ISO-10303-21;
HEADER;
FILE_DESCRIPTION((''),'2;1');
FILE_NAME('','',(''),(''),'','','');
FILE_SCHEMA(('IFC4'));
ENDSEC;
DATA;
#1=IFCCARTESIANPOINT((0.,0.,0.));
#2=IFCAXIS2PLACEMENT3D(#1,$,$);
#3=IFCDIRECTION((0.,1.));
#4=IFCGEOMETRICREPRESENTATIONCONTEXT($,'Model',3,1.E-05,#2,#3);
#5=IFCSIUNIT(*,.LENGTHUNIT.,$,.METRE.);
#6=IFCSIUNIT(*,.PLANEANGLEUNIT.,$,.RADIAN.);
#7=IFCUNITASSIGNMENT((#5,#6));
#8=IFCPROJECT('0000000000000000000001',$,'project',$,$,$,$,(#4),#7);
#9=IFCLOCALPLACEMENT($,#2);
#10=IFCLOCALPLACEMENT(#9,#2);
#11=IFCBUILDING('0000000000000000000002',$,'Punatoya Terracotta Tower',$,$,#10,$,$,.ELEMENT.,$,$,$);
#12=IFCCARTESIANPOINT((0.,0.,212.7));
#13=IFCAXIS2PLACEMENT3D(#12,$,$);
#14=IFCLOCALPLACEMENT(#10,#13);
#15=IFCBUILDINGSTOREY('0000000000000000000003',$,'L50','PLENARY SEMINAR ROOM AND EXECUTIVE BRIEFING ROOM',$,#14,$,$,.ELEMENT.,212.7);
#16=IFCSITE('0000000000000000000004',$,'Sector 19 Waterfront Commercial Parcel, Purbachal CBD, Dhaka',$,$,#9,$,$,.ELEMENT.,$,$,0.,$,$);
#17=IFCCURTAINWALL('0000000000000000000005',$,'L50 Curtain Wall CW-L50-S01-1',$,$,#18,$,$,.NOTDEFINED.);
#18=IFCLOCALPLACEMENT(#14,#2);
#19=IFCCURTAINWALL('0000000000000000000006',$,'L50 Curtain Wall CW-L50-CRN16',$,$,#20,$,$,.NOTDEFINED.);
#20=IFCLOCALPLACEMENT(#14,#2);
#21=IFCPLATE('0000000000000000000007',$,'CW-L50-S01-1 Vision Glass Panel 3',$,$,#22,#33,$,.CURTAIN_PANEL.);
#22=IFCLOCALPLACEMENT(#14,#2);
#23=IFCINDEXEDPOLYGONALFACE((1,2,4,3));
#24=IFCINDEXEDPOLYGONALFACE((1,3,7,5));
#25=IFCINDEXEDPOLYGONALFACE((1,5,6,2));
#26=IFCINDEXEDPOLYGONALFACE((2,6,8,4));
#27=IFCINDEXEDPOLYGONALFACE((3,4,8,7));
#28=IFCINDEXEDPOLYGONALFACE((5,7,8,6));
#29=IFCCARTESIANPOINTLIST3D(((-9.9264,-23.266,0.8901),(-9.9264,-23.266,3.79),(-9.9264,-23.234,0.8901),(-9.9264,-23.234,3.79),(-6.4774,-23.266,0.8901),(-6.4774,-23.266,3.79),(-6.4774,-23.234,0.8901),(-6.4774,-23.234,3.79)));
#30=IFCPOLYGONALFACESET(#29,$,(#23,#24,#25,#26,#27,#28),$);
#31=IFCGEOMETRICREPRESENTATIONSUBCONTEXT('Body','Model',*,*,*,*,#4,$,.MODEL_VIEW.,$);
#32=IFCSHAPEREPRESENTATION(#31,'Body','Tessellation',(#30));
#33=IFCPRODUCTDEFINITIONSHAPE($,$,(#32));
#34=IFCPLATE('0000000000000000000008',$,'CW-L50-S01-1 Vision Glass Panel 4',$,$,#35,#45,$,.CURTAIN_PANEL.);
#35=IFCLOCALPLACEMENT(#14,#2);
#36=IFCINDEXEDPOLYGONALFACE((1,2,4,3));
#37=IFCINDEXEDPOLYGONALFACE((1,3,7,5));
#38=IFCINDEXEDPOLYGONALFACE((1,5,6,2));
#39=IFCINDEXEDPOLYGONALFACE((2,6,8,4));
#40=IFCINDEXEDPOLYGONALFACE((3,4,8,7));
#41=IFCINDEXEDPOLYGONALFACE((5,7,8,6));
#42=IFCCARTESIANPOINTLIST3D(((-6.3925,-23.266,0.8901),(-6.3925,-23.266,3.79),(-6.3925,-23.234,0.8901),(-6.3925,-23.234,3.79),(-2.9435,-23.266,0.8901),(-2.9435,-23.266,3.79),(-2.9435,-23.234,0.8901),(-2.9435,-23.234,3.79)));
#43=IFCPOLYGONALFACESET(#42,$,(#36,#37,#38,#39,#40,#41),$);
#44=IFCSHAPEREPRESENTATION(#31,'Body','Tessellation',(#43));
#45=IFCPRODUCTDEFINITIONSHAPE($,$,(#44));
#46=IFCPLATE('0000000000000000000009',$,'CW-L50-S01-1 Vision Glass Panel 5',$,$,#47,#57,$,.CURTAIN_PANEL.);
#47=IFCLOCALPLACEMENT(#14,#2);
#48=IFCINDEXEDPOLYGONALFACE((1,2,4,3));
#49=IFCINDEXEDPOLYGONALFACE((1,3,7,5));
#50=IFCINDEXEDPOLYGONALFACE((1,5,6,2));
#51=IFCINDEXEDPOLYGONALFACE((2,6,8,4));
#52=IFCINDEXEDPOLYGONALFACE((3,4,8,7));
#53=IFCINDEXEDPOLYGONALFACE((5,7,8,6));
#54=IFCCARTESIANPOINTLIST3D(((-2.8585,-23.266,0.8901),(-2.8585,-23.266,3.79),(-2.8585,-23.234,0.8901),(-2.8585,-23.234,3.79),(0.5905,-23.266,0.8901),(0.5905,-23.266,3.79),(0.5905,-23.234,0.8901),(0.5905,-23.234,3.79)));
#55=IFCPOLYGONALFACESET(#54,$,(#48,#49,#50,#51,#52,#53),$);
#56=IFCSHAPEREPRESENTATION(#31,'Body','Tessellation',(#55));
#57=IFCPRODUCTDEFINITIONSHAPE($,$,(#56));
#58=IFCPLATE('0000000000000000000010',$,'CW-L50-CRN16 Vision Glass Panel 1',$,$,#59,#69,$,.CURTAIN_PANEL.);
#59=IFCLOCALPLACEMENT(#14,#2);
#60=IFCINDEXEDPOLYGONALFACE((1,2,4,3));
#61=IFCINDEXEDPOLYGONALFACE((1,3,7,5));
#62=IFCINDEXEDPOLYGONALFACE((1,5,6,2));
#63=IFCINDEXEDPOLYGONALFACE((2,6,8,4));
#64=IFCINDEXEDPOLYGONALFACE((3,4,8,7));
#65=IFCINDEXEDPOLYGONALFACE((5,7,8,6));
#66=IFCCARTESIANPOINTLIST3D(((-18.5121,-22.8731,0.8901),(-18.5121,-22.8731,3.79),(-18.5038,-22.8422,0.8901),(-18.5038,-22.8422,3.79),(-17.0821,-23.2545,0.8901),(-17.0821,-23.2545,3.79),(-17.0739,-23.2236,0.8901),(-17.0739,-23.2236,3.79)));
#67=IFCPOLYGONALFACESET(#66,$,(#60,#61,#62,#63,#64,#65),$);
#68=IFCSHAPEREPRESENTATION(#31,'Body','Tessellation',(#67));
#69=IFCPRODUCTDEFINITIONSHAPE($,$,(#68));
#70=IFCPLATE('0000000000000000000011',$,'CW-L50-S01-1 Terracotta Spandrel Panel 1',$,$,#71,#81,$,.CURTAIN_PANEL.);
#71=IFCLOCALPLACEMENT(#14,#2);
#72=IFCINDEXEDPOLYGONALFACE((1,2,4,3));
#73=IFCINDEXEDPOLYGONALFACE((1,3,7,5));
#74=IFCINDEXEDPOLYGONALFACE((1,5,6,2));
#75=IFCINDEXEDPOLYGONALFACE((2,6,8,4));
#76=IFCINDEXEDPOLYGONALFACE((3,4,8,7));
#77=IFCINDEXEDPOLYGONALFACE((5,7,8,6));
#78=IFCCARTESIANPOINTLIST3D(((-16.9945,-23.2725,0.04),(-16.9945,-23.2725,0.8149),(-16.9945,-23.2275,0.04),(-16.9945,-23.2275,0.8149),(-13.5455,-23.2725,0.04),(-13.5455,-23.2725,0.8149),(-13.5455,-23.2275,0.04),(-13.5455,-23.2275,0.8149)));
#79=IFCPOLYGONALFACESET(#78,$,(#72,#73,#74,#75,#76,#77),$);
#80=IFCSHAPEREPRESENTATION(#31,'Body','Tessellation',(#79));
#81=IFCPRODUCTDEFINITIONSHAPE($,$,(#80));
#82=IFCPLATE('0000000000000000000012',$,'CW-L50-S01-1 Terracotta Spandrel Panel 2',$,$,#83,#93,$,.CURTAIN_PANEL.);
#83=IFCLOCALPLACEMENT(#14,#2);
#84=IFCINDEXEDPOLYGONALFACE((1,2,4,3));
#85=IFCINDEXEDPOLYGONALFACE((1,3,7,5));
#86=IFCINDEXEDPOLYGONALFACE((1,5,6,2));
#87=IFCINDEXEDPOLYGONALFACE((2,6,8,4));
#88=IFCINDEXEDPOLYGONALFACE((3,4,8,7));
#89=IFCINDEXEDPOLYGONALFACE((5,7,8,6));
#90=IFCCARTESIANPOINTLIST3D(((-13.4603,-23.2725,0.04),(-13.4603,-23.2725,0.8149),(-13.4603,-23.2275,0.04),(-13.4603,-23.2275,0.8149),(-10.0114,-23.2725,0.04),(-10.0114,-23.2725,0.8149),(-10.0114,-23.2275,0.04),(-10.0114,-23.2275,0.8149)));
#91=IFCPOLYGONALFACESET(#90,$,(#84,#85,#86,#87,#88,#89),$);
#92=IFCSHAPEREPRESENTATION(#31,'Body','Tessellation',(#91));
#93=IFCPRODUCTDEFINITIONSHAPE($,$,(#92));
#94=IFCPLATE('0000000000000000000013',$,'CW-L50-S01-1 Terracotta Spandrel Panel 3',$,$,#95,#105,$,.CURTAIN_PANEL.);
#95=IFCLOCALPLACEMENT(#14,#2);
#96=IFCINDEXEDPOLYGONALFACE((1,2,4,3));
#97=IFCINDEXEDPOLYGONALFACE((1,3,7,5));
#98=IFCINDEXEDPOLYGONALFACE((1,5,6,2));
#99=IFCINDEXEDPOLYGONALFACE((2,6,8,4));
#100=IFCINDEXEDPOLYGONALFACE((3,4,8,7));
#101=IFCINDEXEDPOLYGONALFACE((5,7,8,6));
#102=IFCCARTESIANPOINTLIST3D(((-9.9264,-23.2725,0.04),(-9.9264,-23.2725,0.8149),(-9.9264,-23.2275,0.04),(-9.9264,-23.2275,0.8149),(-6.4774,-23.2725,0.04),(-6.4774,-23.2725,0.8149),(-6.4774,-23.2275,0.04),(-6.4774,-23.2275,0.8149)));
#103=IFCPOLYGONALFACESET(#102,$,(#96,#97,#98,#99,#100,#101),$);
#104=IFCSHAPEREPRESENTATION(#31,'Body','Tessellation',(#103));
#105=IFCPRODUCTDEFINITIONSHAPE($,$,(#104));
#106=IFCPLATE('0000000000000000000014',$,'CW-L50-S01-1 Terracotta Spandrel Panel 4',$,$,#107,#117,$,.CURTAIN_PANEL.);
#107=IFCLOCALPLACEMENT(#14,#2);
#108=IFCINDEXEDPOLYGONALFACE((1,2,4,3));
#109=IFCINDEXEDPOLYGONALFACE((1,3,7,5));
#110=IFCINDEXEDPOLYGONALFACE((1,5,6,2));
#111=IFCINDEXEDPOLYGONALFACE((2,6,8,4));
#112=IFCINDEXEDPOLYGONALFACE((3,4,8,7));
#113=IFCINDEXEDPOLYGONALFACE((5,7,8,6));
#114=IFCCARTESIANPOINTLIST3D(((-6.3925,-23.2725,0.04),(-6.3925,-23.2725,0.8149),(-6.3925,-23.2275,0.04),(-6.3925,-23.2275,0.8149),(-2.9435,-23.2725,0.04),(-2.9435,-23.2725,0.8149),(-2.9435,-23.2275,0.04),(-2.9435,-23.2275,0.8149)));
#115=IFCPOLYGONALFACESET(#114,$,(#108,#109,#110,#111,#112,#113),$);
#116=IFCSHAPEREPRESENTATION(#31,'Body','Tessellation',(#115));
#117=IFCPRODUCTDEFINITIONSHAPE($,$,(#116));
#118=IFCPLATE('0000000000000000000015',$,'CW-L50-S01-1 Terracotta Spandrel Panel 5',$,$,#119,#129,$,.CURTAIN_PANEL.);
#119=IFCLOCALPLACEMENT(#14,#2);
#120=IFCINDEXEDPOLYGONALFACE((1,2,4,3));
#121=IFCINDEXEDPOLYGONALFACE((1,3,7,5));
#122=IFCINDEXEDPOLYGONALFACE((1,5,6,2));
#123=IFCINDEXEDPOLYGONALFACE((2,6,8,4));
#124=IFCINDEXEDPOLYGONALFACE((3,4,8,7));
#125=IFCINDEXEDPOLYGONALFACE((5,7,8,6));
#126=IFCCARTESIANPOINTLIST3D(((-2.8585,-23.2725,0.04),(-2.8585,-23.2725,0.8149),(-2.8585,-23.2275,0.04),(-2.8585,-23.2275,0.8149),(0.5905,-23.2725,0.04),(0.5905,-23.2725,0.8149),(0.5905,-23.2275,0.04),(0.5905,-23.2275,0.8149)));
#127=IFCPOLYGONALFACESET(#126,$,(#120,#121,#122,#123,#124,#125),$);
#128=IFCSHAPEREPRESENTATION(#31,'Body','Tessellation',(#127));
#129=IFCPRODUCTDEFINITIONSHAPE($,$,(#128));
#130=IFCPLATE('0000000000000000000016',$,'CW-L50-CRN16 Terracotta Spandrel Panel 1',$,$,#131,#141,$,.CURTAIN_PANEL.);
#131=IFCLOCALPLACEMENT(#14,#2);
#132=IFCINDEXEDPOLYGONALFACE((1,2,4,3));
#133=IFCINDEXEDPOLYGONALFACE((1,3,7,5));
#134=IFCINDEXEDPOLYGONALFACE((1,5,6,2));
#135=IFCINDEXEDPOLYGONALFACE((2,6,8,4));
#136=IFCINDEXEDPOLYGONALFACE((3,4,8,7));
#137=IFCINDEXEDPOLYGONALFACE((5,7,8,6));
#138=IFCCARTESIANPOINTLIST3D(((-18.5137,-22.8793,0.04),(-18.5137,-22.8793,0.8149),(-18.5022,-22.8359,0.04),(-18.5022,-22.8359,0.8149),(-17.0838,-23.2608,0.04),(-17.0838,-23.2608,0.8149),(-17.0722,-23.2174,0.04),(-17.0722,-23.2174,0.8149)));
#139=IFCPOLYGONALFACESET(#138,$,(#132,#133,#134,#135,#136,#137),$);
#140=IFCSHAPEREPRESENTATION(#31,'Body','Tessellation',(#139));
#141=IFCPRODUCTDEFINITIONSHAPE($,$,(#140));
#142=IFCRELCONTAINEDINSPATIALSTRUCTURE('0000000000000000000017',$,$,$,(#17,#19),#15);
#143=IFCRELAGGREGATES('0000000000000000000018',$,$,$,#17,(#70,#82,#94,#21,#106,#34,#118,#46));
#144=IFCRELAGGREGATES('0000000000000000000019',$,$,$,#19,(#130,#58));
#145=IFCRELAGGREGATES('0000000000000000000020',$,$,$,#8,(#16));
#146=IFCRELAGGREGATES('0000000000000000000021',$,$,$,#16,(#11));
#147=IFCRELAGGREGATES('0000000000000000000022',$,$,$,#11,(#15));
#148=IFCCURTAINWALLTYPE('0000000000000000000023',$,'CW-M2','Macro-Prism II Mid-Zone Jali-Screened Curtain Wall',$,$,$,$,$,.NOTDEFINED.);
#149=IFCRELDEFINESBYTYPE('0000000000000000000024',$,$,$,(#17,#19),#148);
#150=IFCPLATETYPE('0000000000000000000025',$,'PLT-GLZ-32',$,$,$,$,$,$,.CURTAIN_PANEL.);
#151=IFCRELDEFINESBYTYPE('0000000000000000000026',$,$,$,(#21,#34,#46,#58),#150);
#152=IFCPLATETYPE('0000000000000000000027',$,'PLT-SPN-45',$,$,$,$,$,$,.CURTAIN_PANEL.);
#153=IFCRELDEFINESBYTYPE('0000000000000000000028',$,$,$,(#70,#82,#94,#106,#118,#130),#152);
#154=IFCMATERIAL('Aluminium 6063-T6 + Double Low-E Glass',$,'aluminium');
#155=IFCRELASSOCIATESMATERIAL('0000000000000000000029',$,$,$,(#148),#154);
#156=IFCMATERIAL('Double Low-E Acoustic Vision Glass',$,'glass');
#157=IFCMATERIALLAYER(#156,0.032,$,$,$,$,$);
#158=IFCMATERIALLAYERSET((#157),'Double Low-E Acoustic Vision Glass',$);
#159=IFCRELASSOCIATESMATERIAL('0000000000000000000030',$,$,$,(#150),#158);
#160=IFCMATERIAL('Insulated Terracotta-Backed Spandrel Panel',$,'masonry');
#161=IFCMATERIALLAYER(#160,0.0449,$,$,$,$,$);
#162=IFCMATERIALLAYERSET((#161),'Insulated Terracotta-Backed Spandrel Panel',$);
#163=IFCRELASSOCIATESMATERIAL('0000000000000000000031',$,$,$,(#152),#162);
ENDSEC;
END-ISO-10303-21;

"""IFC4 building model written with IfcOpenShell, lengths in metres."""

from ifc_helpers import new_model, si_unit, direction, frame, origin, origin_2d, place, context, subcontext, project, spatial, rectangle, extrude, material, layer, layer_set, type_object, element, aggregate, save


model = new_model("IFC4")

# Units and contexts
model_context = context("Model", 3, precision=1e-05, world=origin(), true_north=direction((0.0, 1.0)))
body_context = subcontext(model_context, "Body", "Model", "MODEL_VIEW")
ifc_project = project(units=[si_unit("LENGTHUNIT", "METRE"), si_unit("PLANEANGLEUNIT", "RADIAN")], contexts=[model_context])

# Site, building, storey
site_placement = place(None, origin())
site = spatial("IfcSite", under=ifc_project, at=site_placement, Name="Sector 19 Waterfront Commercial Parcel, Purbachal CBD, Dhaka", CompositionType="ELEMENT", RefElevation=0.0)
building_placement = place(site_placement, origin())
building = spatial("IfcBuilding", under=site, at=building_placement, Name="Punatoya Terracotta Tower", CompositionType="ELEMENT")
storey_placement = place(building_placement, frame((0.0, 0.0, 212.7)))
storey = spatial("IfcBuildingStorey", under=building, at=storey_placement, Name="L50", Description="PLENARY SEMINAR ROOM AND EXECUTIVE BRIEFING ROOM", CompositionType="ELEMENT", Elevation=212.7)

# Curtain walls
ifc_material_1 = material(Name="Aluminium 6063-T6 + Double Low-E Glass", Category="aluminium")
curtain_wall_type = type_object("IfcCurtainWallType", Name="CW-M2", Description="Macro-Prism II Mid-Zone Jali-Screened Curtain Wall", PredefinedType="NOTDEFINED", material=ifc_material_1)
curtain_wall_1_placement = place(storey_placement, origin())
curtain_wall_1 = element("IfcCurtainWall", 1, at=curtain_wall_1_placement, inside=storey, type_object=curtain_wall_type, Name="L50 Curtain Wall CW-L50-S01-1", PredefinedType="NOTDEFINED")
curtain_wall_2_placement = place(storey_placement, origin())
curtain_wall_2 = element("IfcCurtainWall", 2, at=curtain_wall_2_placement, inside=storey, type_object=curtain_wall_type, Name="L50 Curtain Wall CW-L50-CRN16", PredefinedType="NOTDEFINED")

# Plates
ifc_material_2 = material(Name="Double Low-E Acoustic Vision Glass", Category="glass")
ifc_layer_1 = layer(ifc_material_2, 0.032)
ifc_layer_set_1 = layer_set([ifc_layer_1], Name="Double Low-E Acoustic Vision Glass")
plate_type_1 = type_object("IfcPlateType", Name="PLT-GLZ-32", PredefinedType="CURTAIN_PANEL", material=ifc_layer_set_1)
plate_1_placement = place(storey_placement, frame((-8.2019, -23.25, 0.8901), z_axis=(0.0, 0.0, 1.0), x_axis=(1.0, 0.0, 0.0)))
plate_1 = element("IfcPlate", 3, at=plate_1_placement, type_object=plate_type_1, Name="CW-L50-S01-1 Vision Glass Panel 3", PredefinedType="CURTAIN_PANEL", context=body_context, shape_type="SweptSolid", body=[
    extrude(rectangle(XDim=3.449, YDim=0.032, at=origin_2d()), origin(), (0.0, 0.0, 1.0), 2.8999),
])
plate_2_placement = place(storey_placement, frame((-4.668, -23.25, 0.8901), z_axis=(0.0, 0.0, 1.0), x_axis=(1.0, 0.0, 0.0)))
plate_2 = element("IfcPlate", 4, at=plate_2_placement, type_object=plate_type_1, Name="CW-L50-S01-1 Vision Glass Panel 4", PredefinedType="CURTAIN_PANEL", context=body_context, shape_type="SweptSolid", body=[
    extrude(rectangle(XDim=3.449, YDim=0.032, at=origin_2d()), origin(), (0.0, 0.0, 1.0), 2.8999),
])
plate_3_placement = place(storey_placement, frame((-1.134, -23.25, 0.8901), z_axis=(0.0, 0.0, 1.0), x_axis=(1.0, 0.0, 0.0)))
plate_3 = element("IfcPlate", 5, at=plate_3_placement, type_object=plate_type_1, Name="CW-L50-S01-1 Vision Glass Panel 5", PredefinedType="CURTAIN_PANEL", context=body_context, shape_type="SweptSolid", body=[
    extrude(rectangle(XDim=3.449, YDim=0.032, at=origin_2d()), origin(), (0.0, 0.0, 1.0), 2.8999),
])
plate_4_placement = place(storey_placement, frame((-17.793, -23.0483, 0.8901), z_axis=(0.0, 0.0, 1.0), x_axis=(0.966214, -0.257742, 0.0)))
plate_4 = element("IfcPlate", 6, at=plate_4_placement, type_object=plate_type_1, Name="CW-L50-CRN16 Vision Glass Panel 1", PredefinedType="CURTAIN_PANEL", context=body_context, shape_type="SweptSolid", body=[
    extrude(rectangle(XDim=1.48, YDim=0.032, at=origin_2d()), origin(), (0.0, 0.0, 1.0), 2.8999),
])
ifc_material_3 = material(Name="Insulated Terracotta-Backed Spandrel Panel", Category="masonry")
ifc_layer_2 = layer(ifc_material_3, 0.0449)
ifc_layer_set_2 = layer_set([ifc_layer_2], Name="Insulated Terracotta-Backed Spandrel Panel")
plate_type_2 = type_object("IfcPlateType", Name="PLT-SPN-45", PredefinedType="CURTAIN_PANEL", material=ifc_layer_set_2)
plate_5_placement = place(storey_placement, frame((-15.27, -23.25, 0.04), z_axis=(0.0, 0.0, 1.0), x_axis=(1.0, 0.0, 0.0)))
plate_5 = element("IfcPlate", 7, at=plate_5_placement, type_object=plate_type_2, Name="CW-L50-S01-1 Terracotta Spandrel Panel 1", PredefinedType="CURTAIN_PANEL", context=body_context, shape_type="SweptSolid", body=[
    extrude(rectangle(XDim=3.449, YDim=0.0449, at=origin_2d()), origin(), (0.0, 0.0, 1.0), 0.7749),
])
plate_6_placement = place(storey_placement, frame((-11.7358, -23.25, 0.04), z_axis=(0.0, 0.0, 1.0), x_axis=(1.0, 0.0, 0.0)))
plate_6 = element("IfcPlate", 8, at=plate_6_placement, type_object=plate_type_2, Name="CW-L50-S01-1 Terracotta Spandrel Panel 2", PredefinedType="CURTAIN_PANEL", context=body_context, shape_type="SweptSolid", body=[
    extrude(rectangle(XDim=3.449, YDim=0.0449, at=origin_2d()), origin(), (0.0, 0.0, 1.0), 0.7749),
])
plate_7_placement = place(storey_placement, frame((-8.2019, -23.25, 0.04), z_axis=(0.0, 0.0, 1.0), x_axis=(1.0, 0.0, 0.0)))
plate_7 = element("IfcPlate", 9, at=plate_7_placement, type_object=plate_type_2, Name="CW-L50-S01-1 Terracotta Spandrel Panel 3", PredefinedType="CURTAIN_PANEL", context=body_context, shape_type="SweptSolid", body=[
    extrude(rectangle(XDim=3.449, YDim=0.0449, at=origin_2d()), origin(), (0.0, 0.0, 1.0), 0.7749),
])
plate_8_placement = place(storey_placement, frame((-4.668, -23.25, 0.04), z_axis=(0.0, 0.0, 1.0), x_axis=(1.0, 0.0, 0.0)))
plate_8 = element("IfcPlate", 10, at=plate_8_placement, type_object=plate_type_2, Name="CW-L50-S01-1 Terracotta Spandrel Panel 4", PredefinedType="CURTAIN_PANEL", context=body_context, shape_type="SweptSolid", body=[
    extrude(rectangle(XDim=3.449, YDim=0.0449, at=origin_2d()), origin(), (0.0, 0.0, 1.0), 0.7749),
])
plate_9_placement = place(storey_placement, frame((-1.134, -23.25, 0.04), z_axis=(0.0, 0.0, 1.0), x_axis=(1.0, 0.0, 0.0)))
plate_9 = element("IfcPlate", 11, at=plate_9_placement, type_object=plate_type_2, Name="CW-L50-S01-1 Terracotta Spandrel Panel 5", PredefinedType="CURTAIN_PANEL", context=body_context, shape_type="SweptSolid", body=[
    extrude(rectangle(XDim=3.449, YDim=0.0449, at=origin_2d()), origin(), (0.0, 0.0, 1.0), 0.7749),
])
aggregate(curtain_wall_1, [plate_5, plate_6, plate_7, plate_1, plate_8, plate_2, plate_9, plate_3])
plate_10_placement = place(storey_placement, frame((-17.793, -23.0483, 0.04), z_axis=(0.0, 0.0, 1.0), x_axis=(0.966214, -0.257742, 0.0)))
plate_10 = element("IfcPlate", 12, at=plate_10_placement, type_object=plate_type_2, Name="CW-L50-CRN16 Terracotta Spandrel Panel 1", PredefinedType="CURTAIN_PANEL", context=body_context, shape_type="SweptSolid", body=[
    extrude(rectangle(XDim=1.48, YDim=0.0449, at=origin_2d()), origin(), (0.0, 0.0, 1.0), 0.7749),
])
aggregate(curtain_wall_2, [plate_10, plate_4])

save(model, "model.ifc")
